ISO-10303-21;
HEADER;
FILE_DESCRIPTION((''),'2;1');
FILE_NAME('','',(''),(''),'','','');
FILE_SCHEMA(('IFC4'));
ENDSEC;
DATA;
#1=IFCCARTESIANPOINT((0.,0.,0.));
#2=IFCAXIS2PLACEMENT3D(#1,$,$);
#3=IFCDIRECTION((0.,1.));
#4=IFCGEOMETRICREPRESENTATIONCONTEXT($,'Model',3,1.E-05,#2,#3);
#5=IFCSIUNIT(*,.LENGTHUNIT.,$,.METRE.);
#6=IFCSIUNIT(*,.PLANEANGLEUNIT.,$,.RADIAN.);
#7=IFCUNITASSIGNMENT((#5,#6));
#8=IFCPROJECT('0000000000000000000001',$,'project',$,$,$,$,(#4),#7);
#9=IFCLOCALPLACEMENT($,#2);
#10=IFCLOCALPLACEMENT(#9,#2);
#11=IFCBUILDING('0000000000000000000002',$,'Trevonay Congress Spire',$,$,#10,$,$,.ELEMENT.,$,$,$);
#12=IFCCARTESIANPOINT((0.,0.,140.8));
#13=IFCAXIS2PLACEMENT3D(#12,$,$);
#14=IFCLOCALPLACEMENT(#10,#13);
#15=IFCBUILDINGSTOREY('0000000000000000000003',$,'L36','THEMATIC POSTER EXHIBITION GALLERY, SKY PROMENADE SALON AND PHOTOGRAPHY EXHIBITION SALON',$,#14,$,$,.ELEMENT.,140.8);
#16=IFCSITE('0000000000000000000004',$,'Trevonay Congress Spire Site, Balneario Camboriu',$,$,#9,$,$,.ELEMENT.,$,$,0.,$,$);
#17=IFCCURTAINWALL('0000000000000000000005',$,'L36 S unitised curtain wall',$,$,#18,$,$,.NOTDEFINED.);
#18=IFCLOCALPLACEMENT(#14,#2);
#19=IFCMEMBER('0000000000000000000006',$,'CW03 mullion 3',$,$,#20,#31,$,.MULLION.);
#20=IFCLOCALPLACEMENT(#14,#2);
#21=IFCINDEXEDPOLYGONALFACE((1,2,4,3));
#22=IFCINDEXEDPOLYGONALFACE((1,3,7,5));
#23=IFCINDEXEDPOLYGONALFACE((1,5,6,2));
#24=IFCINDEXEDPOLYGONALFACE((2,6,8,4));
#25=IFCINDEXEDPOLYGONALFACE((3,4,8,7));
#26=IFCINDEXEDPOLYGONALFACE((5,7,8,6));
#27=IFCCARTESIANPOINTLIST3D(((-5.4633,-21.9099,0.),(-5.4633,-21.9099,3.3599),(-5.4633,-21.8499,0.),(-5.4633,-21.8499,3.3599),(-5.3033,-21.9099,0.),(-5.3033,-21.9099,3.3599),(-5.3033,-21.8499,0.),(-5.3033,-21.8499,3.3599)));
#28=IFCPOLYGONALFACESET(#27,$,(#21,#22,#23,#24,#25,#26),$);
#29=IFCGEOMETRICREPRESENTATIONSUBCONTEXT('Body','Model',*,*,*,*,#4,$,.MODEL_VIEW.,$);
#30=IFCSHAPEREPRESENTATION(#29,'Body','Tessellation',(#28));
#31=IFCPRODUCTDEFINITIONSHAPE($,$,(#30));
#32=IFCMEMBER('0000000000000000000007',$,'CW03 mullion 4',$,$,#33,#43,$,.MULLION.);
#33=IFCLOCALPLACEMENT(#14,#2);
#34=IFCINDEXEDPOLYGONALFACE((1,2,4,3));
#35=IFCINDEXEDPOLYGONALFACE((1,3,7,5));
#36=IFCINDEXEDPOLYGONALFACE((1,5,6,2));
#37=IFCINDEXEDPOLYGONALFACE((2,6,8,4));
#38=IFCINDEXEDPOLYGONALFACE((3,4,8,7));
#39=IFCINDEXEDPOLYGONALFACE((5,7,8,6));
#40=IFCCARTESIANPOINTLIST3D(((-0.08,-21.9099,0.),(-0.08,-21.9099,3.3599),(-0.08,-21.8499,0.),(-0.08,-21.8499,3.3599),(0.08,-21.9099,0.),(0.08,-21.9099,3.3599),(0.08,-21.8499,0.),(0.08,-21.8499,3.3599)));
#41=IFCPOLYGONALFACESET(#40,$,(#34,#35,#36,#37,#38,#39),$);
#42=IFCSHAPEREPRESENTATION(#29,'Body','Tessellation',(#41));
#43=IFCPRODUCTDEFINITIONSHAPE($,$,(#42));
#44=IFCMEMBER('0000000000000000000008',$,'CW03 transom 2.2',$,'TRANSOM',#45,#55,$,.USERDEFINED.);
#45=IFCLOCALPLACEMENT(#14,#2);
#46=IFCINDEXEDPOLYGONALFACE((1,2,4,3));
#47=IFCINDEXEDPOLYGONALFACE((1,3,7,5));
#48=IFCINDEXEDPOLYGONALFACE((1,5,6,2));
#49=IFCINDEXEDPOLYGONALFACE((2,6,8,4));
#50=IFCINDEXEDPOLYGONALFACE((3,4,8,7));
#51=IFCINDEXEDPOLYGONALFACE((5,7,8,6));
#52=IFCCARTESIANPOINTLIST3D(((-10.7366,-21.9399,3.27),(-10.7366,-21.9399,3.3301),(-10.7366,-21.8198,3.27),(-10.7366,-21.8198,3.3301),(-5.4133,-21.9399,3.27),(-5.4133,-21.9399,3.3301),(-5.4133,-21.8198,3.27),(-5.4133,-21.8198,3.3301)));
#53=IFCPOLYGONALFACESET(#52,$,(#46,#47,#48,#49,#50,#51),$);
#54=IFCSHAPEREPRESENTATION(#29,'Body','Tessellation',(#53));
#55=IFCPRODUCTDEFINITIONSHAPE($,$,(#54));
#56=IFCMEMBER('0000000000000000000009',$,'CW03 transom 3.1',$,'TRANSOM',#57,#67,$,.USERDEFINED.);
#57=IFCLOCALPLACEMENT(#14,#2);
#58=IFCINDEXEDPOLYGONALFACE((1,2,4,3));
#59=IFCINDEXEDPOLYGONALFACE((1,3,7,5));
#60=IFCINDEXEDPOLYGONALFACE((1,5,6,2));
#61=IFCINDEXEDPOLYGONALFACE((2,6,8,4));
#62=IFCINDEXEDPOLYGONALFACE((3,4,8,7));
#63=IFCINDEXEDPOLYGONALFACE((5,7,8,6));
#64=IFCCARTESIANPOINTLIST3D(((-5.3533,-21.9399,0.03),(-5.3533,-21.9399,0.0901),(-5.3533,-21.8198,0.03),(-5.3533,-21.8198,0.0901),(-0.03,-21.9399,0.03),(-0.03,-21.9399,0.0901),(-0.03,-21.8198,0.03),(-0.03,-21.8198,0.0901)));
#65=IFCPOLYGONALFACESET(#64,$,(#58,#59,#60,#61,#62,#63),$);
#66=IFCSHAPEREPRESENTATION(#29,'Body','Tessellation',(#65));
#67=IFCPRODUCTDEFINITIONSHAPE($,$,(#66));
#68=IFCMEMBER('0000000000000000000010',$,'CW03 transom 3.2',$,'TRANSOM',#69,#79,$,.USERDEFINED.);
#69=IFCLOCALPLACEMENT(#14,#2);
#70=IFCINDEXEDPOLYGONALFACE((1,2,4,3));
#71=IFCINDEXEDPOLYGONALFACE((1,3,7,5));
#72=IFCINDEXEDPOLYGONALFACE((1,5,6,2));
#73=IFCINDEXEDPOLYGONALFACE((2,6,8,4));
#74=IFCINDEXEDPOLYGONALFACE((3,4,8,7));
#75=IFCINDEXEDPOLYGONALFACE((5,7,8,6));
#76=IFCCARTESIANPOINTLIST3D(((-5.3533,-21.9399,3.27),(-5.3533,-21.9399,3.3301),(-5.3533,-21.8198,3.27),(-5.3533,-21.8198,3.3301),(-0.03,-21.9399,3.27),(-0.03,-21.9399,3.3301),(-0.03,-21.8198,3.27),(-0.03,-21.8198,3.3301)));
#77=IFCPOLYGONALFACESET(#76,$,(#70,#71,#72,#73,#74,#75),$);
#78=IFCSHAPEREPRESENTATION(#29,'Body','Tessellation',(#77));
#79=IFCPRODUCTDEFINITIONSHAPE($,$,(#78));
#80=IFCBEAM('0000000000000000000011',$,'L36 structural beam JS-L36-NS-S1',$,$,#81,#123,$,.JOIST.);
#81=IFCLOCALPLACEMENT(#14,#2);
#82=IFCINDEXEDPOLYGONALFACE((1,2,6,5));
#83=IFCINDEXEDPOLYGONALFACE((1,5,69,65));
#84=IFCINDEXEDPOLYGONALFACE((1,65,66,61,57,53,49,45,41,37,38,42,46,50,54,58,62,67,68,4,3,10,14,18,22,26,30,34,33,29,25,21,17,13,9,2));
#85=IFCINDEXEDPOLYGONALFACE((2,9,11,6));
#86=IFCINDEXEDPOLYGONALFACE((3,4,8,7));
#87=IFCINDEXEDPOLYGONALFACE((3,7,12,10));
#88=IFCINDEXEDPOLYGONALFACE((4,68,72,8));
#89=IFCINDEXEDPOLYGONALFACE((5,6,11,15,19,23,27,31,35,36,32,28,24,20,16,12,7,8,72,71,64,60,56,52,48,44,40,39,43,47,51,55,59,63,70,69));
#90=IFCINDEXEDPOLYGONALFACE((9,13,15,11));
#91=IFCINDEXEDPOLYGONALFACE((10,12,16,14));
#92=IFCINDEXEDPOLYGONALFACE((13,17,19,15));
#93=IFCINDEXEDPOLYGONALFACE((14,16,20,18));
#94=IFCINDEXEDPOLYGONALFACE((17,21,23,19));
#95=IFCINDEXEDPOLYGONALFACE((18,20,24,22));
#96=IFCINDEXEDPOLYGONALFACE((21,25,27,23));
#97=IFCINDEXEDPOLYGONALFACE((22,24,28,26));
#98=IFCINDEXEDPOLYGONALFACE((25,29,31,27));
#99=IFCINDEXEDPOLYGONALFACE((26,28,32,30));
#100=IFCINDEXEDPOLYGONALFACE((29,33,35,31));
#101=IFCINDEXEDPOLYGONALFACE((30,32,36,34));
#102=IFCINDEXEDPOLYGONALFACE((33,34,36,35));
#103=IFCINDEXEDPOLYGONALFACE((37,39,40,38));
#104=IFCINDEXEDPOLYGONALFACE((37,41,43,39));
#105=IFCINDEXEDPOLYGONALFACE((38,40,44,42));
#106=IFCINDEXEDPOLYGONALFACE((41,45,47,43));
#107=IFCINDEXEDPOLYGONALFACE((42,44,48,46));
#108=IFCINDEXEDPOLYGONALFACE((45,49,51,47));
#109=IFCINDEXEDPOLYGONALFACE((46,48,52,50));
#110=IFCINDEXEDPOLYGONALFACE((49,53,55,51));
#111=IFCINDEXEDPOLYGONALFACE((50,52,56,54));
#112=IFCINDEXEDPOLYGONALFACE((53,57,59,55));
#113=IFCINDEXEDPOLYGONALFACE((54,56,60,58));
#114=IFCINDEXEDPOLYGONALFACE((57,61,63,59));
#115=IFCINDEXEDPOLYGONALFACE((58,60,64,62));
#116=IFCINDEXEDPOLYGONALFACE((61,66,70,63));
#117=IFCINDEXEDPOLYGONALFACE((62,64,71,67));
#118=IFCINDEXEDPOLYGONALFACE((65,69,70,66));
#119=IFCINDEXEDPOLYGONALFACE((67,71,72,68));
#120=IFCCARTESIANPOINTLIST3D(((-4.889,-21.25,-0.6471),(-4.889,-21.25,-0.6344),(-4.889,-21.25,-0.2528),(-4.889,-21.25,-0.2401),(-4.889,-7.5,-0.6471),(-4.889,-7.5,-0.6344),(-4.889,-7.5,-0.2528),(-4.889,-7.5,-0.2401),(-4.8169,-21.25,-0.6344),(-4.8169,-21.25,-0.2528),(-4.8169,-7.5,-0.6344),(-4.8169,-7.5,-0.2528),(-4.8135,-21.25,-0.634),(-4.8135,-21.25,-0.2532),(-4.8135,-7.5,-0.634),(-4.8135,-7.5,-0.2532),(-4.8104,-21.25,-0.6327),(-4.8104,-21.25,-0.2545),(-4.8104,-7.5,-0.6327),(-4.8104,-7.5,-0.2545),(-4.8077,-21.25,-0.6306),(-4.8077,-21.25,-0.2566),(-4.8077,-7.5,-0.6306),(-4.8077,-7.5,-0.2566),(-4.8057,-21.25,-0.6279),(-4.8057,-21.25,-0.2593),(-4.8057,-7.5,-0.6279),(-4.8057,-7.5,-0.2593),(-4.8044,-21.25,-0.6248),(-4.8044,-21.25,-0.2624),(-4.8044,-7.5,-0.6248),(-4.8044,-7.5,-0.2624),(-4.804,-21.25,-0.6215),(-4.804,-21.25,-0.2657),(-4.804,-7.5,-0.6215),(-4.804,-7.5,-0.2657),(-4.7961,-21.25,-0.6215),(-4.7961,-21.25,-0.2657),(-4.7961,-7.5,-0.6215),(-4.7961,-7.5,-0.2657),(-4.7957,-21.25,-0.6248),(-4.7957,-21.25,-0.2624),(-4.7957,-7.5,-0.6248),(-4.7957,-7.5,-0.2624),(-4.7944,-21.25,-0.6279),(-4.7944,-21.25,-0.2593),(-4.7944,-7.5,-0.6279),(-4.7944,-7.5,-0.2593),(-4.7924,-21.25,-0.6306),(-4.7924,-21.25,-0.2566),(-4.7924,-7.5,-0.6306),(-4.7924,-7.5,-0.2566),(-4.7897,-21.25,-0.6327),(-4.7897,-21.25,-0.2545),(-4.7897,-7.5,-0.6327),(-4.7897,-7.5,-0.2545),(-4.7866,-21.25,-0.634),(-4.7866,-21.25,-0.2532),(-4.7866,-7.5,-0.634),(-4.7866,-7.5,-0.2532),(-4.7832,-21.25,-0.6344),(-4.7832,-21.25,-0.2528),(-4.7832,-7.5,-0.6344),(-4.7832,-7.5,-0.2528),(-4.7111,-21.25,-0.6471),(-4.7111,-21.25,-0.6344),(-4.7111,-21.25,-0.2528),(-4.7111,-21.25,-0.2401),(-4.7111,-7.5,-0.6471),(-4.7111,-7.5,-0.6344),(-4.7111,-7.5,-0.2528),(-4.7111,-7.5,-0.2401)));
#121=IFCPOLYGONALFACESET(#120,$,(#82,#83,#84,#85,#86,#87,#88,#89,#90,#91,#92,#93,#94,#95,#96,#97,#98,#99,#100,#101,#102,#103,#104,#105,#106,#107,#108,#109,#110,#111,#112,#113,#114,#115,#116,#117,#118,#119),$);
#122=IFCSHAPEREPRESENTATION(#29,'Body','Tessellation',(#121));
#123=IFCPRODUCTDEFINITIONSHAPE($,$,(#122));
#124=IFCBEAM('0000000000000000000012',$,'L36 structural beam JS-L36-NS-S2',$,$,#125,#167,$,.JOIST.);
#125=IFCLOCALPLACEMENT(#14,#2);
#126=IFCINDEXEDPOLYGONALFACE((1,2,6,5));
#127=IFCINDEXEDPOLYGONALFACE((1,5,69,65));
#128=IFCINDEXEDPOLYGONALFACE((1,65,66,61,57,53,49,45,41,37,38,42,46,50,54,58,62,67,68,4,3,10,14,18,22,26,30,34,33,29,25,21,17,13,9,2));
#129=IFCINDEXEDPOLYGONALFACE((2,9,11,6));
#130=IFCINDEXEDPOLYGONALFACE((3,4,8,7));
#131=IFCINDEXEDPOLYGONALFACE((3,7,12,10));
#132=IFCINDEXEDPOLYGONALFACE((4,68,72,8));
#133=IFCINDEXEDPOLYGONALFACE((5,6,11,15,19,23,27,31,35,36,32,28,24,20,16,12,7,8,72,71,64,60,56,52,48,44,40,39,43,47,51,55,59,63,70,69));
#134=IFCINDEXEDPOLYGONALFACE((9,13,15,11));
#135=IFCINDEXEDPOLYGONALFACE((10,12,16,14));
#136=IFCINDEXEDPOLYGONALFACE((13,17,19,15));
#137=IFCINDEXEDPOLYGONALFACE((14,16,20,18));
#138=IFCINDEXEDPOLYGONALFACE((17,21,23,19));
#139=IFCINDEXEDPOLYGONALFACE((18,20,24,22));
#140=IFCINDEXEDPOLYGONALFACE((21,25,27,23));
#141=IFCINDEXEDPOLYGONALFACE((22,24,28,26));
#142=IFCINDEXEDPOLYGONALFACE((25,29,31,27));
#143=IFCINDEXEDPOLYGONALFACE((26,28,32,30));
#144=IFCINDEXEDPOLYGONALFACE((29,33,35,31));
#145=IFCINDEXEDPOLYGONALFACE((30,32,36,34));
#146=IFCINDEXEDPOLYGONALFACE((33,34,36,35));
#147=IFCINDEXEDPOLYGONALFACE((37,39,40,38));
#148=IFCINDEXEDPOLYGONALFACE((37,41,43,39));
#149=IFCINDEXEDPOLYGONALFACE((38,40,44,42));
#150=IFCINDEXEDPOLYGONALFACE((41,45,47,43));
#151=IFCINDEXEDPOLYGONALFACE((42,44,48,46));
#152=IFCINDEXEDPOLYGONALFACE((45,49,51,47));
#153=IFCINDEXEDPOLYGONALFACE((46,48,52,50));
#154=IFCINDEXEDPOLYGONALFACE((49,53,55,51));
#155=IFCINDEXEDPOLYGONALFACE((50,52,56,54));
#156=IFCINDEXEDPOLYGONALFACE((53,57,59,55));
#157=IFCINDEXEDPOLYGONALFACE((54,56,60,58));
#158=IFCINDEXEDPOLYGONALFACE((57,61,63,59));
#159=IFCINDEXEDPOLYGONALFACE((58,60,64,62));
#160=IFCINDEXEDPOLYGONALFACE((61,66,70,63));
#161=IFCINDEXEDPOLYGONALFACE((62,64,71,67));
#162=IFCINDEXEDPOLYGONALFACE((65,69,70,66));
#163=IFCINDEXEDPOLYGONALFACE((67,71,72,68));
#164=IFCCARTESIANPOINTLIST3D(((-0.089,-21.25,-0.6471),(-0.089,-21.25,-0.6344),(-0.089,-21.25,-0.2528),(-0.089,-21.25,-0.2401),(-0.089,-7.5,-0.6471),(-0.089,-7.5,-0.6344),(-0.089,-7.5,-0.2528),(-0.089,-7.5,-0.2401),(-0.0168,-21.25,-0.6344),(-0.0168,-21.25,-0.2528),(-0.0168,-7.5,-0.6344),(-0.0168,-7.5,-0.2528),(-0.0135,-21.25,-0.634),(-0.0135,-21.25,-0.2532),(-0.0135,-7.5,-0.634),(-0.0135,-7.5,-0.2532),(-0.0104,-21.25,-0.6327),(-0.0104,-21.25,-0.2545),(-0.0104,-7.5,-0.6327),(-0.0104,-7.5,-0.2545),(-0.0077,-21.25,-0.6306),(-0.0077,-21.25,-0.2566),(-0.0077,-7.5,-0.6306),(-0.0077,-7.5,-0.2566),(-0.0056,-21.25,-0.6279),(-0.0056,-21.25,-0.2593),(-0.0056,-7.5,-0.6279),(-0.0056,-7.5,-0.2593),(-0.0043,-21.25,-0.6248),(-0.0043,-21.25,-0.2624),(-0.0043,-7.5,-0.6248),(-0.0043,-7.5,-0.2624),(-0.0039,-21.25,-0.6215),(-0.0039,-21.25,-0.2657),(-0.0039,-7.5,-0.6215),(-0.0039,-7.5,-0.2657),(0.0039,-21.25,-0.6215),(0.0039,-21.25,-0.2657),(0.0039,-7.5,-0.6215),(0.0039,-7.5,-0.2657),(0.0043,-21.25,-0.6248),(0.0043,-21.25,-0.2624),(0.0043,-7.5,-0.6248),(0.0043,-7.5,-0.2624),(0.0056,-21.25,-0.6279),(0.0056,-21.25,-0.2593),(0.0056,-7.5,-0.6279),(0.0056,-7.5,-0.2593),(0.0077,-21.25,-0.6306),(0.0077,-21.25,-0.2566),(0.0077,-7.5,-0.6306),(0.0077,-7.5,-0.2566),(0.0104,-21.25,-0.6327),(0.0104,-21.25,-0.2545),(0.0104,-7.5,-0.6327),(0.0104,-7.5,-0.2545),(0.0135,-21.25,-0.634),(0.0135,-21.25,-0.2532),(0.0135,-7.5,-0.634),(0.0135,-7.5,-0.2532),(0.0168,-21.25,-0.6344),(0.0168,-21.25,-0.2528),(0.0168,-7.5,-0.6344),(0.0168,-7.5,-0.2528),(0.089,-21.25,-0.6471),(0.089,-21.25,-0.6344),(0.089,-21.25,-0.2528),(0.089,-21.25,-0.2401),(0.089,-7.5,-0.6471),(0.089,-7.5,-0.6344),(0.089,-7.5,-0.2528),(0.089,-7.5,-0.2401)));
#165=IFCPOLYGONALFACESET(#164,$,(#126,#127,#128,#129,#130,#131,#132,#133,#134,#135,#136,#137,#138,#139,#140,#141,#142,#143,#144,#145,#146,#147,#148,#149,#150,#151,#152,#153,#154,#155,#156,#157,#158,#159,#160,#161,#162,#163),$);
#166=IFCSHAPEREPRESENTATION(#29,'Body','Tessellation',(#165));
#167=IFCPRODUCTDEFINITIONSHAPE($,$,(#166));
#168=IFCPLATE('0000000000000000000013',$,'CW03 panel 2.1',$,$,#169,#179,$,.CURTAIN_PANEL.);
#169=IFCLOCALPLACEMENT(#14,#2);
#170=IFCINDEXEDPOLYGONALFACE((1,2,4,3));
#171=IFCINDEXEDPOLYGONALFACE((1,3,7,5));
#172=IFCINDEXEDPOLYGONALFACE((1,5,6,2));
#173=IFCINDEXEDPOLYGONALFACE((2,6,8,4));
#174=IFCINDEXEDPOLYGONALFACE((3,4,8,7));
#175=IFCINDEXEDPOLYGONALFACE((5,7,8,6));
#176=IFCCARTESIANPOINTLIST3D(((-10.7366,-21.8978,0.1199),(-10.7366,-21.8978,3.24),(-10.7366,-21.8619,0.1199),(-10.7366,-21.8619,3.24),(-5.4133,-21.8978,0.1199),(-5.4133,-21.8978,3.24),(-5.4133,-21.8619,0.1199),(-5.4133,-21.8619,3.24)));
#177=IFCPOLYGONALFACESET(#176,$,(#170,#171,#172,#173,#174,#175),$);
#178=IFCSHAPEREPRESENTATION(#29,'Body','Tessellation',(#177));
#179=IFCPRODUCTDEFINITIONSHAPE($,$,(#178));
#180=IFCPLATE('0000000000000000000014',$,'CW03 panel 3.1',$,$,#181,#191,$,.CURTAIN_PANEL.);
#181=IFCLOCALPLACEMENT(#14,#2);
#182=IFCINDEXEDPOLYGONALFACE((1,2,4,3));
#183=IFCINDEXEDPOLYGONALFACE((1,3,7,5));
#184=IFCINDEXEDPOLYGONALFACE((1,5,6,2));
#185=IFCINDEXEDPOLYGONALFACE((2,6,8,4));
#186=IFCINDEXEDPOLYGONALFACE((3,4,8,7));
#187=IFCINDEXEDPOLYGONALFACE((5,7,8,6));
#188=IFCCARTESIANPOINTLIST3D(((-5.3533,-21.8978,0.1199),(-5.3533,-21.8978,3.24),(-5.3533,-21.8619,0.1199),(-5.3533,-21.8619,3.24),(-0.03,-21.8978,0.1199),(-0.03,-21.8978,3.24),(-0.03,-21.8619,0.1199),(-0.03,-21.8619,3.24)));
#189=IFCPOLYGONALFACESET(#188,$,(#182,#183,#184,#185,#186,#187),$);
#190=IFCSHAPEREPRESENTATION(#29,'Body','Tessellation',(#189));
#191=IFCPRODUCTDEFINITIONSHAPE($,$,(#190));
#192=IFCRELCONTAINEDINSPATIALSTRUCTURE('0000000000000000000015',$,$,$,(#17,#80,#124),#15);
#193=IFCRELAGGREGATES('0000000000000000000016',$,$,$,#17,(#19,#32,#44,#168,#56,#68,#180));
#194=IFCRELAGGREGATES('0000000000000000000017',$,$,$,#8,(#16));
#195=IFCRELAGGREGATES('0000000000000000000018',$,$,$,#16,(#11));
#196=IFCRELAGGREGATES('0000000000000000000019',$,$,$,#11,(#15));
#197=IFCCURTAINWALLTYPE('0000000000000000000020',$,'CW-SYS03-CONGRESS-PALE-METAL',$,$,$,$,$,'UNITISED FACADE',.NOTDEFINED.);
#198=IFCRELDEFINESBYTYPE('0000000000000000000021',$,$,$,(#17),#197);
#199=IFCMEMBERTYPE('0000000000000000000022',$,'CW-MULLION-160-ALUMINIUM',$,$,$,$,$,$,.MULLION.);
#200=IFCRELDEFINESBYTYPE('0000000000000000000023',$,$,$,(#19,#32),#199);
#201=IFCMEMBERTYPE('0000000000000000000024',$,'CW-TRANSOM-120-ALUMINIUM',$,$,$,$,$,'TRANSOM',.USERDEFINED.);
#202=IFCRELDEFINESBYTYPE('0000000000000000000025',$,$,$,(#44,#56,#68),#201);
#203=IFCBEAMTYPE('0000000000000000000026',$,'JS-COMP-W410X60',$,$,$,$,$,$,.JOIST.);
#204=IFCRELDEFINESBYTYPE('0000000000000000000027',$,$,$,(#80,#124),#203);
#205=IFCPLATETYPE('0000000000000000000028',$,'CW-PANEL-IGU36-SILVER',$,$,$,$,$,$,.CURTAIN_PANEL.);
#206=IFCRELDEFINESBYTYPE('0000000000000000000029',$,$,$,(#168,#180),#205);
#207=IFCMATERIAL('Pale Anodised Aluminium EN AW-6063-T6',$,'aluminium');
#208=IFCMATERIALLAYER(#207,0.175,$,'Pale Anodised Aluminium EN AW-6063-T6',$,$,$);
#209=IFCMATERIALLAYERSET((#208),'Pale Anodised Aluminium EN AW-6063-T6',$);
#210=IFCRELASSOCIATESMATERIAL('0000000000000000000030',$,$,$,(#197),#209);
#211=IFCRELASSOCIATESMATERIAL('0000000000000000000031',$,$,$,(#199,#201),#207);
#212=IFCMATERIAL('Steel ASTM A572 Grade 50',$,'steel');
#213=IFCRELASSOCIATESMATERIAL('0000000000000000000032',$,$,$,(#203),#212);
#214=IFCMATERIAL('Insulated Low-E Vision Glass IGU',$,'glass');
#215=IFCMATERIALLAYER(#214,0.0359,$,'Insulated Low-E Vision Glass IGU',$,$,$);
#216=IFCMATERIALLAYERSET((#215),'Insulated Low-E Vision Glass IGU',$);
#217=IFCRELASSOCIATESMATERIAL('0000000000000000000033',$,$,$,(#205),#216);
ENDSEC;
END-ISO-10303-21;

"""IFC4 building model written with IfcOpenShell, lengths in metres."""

from ifc_helpers import new_model, si_unit, direction, frame, origin, origin_2d, place, context, subcontext, project, spatial, rectangle, i_section, extrude, material, layer, layer_set, material_profile, profile_set, type_object, element, aggregate, save


model = new_model("IFC4")

# Units and contexts
model_context = context("Model", 3, precision=1e-05, world=origin(), true_north=direction((0.0, 1.0)))
body_context = subcontext(model_context, "Body", "Model", "MODEL_VIEW")
ifc_project = project(units=[si_unit("LENGTHUNIT", "METRE"), si_unit("PLANEANGLEUNIT", "RADIAN")], contexts=[model_context])

# Site, building, storey
site_placement = place(None, origin())
site = spatial("IfcSite", under=ifc_project, at=site_placement, Name="Trevonay Congress Spire Site, Balneario Camboriu", CompositionType="ELEMENT", RefElevation=0.0)
building_placement = place(site_placement, origin())
building = spatial("IfcBuilding", under=site, at=building_placement, Name="Trevonay Congress Spire", CompositionType="ELEMENT")
storey_placement = place(building_placement, frame((0.0, 0.0, 140.8)))
storey = spatial("IfcBuildingStorey", under=building, at=storey_placement, Name="L36", Description="THEMATIC POSTER EXHIBITION GALLERY, SKY PROMENADE SALON AND PHOTOGRAPHY EXHIBITION SALON", CompositionType="ELEMENT", Elevation=140.8)

# Shared definitions
ifc_material_1 = material(Name="Steel ASTM A572 Grade 50", Category="steel")

# Curtain wall, members
ifc_material_2 = material(Name="Pale Anodised Aluminium EN AW-6063-T6", Category="aluminium")
ifc_layer_1 = layer(ifc_material_2, 0.175, Name="Pale Anodised Aluminium EN AW-6063-T6")
ifc_layer_set_1 = layer_set([ifc_layer_1], Name="Pale Anodised Aluminium EN AW-6063-T6")
curtain_wall_type = type_object("IfcCurtainWallType", Name="CW-SYS03-CONGRESS-PALE-METAL", ElementType="UNITISED FACADE", PredefinedType="NOTDEFINED", material=ifc_layer_set_1)
curtain_wall_placement = place(storey_placement, origin())
curtain_wall = element("IfcCurtainWall", 1, at=curtain_wall_placement, inside=storey, type_object=curtain_wall_type, Name="L36 S unitised curtain wall", PredefinedType="NOTDEFINED")
ifc_material_profile_1 = material_profile(ifc_material_2, rectangle(XDim=0.0601, YDim=0.1599, at=origin_2d()), Name="CW-MULLION-160-ALUMINIUM")
ifc_profile_set_1 = profile_set([ifc_material_profile_1], Name="Pale Anodised Aluminium EN AW-6063-T6")
member_type_1 = type_object("IfcMemberType", Name="CW-MULLION-160-ALUMINIUM", PredefinedType="MULLION", material=ifc_profile_set_1)
member_1_placement = place(storey_placement, frame((-5.3833, -21.8799, 0.0), z_axis=(0.0, 0.0, 1.0), x_axis=(0.0, 1.0, 0.0)))
member_1 = element("IfcMember", 2, at=member_1_placement, type_object=member_type_1, Name="CW03 mullion 3", PredefinedType="MULLION", context=body_context, shape_type="SweptSolid", body=[
    extrude(rectangle(XDim=0.0601, YDim=0.1599, at=origin_2d()), origin(), (0.0, 0.0, 1.0), 3.3599),
])
member_2_placement = place(storey_placement, frame((0.0, -21.8799, 0.0), z_axis=(0.0, 0.0, 1.0), x_axis=(0.0, 1.0, 0.0)))
member_2 = element("IfcMember", 3, at=member_2_placement, type_object=member_type_1, Name="CW03 mullion 4", PredefinedType="MULLION", context=body_context, shape_type="SweptSolid", body=[
    extrude(rectangle(XDim=0.0601, YDim=0.1599, at=origin_2d()), origin(), (0.0, 0.0, 1.0), 3.3599),
])
ifc_material_profile_2 = material_profile(ifc_material_2, rectangle(XDim=0.1201, YDim=0.0601, at=origin_2d()), Name="CW-TRANSOM-120-ALUMINIUM")
ifc_profile_set_2 = profile_set([ifc_material_profile_2], Name="Pale Anodised Aluminium EN AW-6063-T6")
member_type_2 = type_object("IfcMemberType", Name="CW-TRANSOM-120-ALUMINIUM", ElementType="TRANSOM", PredefinedType="USERDEFINED", material=ifc_profile_set_2)
member_3_placement = place(storey_placement, frame((-10.7366, -21.8799, 3.3), z_axis=(1.0, 0.0, 0.0), x_axis=(0.0, 1.0, 0.0)))
member_3 = element("IfcMember", 4, at=member_3_placement, type_object=member_type_2, Name="CW03 transom 2.2", ObjectType="TRANSOM", PredefinedType="USERDEFINED", context=body_context, shape_type="SweptSolid", body=[
    extrude(rectangle(XDim=0.1201, YDim=0.0601, at=origin_2d()), origin(), (0.0, 0.0, 1.0), 5.3232),
])
member_4_placement = place(storey_placement, frame((-5.3533, -21.8799, 0.0601), z_axis=(1.0, 0.0, 0.0), x_axis=(0.0, 1.0, 0.0)))
member_4 = element("IfcMember", 5, at=member_4_placement, type_object=member_type_2, Name="CW03 transom 3.1", ObjectType="TRANSOM", PredefinedType="USERDEFINED", context=body_context, shape_type="SweptSolid", body=[
    extrude(rectangle(XDim=0.1201, YDim=0.0601, at=origin_2d()), origin(), (0.0, 0.0, 1.0), 5.3232),
])
member_5_placement = place(storey_placement, frame((-5.3533, -21.8799, 3.3), z_axis=(1.0, 0.0, 0.0), x_axis=(0.0, 1.0, 0.0)))
member_5 = element("IfcMember", 6, at=member_5_placement, type_object=member_type_2, Name="CW03 transom 3.2", ObjectType="TRANSOM", PredefinedType="USERDEFINED", context=body_context, shape_type="SweptSolid", body=[
    extrude(rectangle(XDim=0.1201, YDim=0.0601, at=origin_2d()), origin(), (0.0, 0.0, 1.0), 5.3232),
])

# Beams
ifc_material_profile_3 = material_profile(ifc_material_1, i_section(OverallWidth=0.178, OverallDepth=0.407, WebThickness=0.0078, FlangeThickness=0.0127, FilletRadius=0.0129, at=origin_2d()), Name="W410x60")
ifc_profile_set_3 = profile_set([ifc_material_profile_3], Name="Steel ASTM A572 Grade 50")
beam_type_1 = type_object("IfcBeamType", Name="JS-COMP-W410X60", PredefinedType="JOIST", material=ifc_profile_set_3)
for number, where, z_axis, x_axis, name in (
    (7, (-4.8, -21.25, -0.4436), (0.0, 1.0, 0.0), (-1.0, 0.0, 0.0), "L36 structural beam JS-L36-NS-S1"),
    (8, (0.0, -21.25, -0.4436), (0.0, 1.0, 0.0), (-1.0, 0.0, 0.0), "L36 structural beam JS-L36-NS-S2"),
):
    element("IfcBeam", number, at=place(storey_placement, frame(where, z_axis=z_axis, x_axis=x_axis)), inside=storey, type_object=beam_type_1, Name=name, PredefinedType="JOIST", context=body_context, shape_type="SweptSolid", body=[
        extrude(i_section(OverallWidth=0.178, OverallDepth=0.407, WebThickness=0.0078, FlangeThickness=0.0127, FilletRadius=0.0129, at=origin_2d()), origin(), (0.0, 0.0, 1.0), 13.75),
    ])

# Plates
ifc_material_3 = material(Name="Insulated Low-E Vision Glass IGU", Category="glass")
ifc_layer_2 = layer(ifc_material_3, 0.0359, Name="Insulated Low-E Vision Glass IGU")
ifc_layer_set_2 = layer_set([ifc_layer_2], Name="Insulated Low-E Vision Glass IGU")
plate_type = type_object("IfcPlateType", Name="CW-PANEL-IGU36-SILVER", PredefinedType="CURTAIN_PANEL", material=ifc_layer_set_2)
plate_1_placement = place(storey_placement, frame((-8.075, -21.8799, 0.1199), z_axis=(0.0, 0.0, 1.0), x_axis=(1.0, 0.0, 0.0)))
plate_1 = element("IfcPlate", 9, at=plate_1_placement, type_object=plate_type, Name="CW03 panel 2.1", PredefinedType="CURTAIN_PANEL", context=body_context, shape_type="SweptSolid", body=[
    extrude(rectangle(XDim=5.3232, YDim=0.0359, at=origin_2d()), origin(), (0.0, 0.0, 1.0), 3.1201),
])
plate_2_placement = place(storey_placement, frame((-2.6917, -21.8799, 0.1199), z_axis=(0.0, 0.0, 1.0), x_axis=(1.0, 0.0, 0.0)))
plate_2 = element("IfcPlate", 10, at=plate_2_placement, type_object=plate_type, Name="CW03 panel 3.1", PredefinedType="CURTAIN_PANEL", context=body_context, shape_type="SweptSolid", body=[
    extrude(rectangle(XDim=5.3232, YDim=0.0359, at=origin_2d()), origin(), (0.0, 0.0, 1.0), 3.1201),
])
aggregate(curtain_wall, [member_1, member_2, member_3, plate_1, member_4, member_5, plate_2])

save(model, "model.ifc")
